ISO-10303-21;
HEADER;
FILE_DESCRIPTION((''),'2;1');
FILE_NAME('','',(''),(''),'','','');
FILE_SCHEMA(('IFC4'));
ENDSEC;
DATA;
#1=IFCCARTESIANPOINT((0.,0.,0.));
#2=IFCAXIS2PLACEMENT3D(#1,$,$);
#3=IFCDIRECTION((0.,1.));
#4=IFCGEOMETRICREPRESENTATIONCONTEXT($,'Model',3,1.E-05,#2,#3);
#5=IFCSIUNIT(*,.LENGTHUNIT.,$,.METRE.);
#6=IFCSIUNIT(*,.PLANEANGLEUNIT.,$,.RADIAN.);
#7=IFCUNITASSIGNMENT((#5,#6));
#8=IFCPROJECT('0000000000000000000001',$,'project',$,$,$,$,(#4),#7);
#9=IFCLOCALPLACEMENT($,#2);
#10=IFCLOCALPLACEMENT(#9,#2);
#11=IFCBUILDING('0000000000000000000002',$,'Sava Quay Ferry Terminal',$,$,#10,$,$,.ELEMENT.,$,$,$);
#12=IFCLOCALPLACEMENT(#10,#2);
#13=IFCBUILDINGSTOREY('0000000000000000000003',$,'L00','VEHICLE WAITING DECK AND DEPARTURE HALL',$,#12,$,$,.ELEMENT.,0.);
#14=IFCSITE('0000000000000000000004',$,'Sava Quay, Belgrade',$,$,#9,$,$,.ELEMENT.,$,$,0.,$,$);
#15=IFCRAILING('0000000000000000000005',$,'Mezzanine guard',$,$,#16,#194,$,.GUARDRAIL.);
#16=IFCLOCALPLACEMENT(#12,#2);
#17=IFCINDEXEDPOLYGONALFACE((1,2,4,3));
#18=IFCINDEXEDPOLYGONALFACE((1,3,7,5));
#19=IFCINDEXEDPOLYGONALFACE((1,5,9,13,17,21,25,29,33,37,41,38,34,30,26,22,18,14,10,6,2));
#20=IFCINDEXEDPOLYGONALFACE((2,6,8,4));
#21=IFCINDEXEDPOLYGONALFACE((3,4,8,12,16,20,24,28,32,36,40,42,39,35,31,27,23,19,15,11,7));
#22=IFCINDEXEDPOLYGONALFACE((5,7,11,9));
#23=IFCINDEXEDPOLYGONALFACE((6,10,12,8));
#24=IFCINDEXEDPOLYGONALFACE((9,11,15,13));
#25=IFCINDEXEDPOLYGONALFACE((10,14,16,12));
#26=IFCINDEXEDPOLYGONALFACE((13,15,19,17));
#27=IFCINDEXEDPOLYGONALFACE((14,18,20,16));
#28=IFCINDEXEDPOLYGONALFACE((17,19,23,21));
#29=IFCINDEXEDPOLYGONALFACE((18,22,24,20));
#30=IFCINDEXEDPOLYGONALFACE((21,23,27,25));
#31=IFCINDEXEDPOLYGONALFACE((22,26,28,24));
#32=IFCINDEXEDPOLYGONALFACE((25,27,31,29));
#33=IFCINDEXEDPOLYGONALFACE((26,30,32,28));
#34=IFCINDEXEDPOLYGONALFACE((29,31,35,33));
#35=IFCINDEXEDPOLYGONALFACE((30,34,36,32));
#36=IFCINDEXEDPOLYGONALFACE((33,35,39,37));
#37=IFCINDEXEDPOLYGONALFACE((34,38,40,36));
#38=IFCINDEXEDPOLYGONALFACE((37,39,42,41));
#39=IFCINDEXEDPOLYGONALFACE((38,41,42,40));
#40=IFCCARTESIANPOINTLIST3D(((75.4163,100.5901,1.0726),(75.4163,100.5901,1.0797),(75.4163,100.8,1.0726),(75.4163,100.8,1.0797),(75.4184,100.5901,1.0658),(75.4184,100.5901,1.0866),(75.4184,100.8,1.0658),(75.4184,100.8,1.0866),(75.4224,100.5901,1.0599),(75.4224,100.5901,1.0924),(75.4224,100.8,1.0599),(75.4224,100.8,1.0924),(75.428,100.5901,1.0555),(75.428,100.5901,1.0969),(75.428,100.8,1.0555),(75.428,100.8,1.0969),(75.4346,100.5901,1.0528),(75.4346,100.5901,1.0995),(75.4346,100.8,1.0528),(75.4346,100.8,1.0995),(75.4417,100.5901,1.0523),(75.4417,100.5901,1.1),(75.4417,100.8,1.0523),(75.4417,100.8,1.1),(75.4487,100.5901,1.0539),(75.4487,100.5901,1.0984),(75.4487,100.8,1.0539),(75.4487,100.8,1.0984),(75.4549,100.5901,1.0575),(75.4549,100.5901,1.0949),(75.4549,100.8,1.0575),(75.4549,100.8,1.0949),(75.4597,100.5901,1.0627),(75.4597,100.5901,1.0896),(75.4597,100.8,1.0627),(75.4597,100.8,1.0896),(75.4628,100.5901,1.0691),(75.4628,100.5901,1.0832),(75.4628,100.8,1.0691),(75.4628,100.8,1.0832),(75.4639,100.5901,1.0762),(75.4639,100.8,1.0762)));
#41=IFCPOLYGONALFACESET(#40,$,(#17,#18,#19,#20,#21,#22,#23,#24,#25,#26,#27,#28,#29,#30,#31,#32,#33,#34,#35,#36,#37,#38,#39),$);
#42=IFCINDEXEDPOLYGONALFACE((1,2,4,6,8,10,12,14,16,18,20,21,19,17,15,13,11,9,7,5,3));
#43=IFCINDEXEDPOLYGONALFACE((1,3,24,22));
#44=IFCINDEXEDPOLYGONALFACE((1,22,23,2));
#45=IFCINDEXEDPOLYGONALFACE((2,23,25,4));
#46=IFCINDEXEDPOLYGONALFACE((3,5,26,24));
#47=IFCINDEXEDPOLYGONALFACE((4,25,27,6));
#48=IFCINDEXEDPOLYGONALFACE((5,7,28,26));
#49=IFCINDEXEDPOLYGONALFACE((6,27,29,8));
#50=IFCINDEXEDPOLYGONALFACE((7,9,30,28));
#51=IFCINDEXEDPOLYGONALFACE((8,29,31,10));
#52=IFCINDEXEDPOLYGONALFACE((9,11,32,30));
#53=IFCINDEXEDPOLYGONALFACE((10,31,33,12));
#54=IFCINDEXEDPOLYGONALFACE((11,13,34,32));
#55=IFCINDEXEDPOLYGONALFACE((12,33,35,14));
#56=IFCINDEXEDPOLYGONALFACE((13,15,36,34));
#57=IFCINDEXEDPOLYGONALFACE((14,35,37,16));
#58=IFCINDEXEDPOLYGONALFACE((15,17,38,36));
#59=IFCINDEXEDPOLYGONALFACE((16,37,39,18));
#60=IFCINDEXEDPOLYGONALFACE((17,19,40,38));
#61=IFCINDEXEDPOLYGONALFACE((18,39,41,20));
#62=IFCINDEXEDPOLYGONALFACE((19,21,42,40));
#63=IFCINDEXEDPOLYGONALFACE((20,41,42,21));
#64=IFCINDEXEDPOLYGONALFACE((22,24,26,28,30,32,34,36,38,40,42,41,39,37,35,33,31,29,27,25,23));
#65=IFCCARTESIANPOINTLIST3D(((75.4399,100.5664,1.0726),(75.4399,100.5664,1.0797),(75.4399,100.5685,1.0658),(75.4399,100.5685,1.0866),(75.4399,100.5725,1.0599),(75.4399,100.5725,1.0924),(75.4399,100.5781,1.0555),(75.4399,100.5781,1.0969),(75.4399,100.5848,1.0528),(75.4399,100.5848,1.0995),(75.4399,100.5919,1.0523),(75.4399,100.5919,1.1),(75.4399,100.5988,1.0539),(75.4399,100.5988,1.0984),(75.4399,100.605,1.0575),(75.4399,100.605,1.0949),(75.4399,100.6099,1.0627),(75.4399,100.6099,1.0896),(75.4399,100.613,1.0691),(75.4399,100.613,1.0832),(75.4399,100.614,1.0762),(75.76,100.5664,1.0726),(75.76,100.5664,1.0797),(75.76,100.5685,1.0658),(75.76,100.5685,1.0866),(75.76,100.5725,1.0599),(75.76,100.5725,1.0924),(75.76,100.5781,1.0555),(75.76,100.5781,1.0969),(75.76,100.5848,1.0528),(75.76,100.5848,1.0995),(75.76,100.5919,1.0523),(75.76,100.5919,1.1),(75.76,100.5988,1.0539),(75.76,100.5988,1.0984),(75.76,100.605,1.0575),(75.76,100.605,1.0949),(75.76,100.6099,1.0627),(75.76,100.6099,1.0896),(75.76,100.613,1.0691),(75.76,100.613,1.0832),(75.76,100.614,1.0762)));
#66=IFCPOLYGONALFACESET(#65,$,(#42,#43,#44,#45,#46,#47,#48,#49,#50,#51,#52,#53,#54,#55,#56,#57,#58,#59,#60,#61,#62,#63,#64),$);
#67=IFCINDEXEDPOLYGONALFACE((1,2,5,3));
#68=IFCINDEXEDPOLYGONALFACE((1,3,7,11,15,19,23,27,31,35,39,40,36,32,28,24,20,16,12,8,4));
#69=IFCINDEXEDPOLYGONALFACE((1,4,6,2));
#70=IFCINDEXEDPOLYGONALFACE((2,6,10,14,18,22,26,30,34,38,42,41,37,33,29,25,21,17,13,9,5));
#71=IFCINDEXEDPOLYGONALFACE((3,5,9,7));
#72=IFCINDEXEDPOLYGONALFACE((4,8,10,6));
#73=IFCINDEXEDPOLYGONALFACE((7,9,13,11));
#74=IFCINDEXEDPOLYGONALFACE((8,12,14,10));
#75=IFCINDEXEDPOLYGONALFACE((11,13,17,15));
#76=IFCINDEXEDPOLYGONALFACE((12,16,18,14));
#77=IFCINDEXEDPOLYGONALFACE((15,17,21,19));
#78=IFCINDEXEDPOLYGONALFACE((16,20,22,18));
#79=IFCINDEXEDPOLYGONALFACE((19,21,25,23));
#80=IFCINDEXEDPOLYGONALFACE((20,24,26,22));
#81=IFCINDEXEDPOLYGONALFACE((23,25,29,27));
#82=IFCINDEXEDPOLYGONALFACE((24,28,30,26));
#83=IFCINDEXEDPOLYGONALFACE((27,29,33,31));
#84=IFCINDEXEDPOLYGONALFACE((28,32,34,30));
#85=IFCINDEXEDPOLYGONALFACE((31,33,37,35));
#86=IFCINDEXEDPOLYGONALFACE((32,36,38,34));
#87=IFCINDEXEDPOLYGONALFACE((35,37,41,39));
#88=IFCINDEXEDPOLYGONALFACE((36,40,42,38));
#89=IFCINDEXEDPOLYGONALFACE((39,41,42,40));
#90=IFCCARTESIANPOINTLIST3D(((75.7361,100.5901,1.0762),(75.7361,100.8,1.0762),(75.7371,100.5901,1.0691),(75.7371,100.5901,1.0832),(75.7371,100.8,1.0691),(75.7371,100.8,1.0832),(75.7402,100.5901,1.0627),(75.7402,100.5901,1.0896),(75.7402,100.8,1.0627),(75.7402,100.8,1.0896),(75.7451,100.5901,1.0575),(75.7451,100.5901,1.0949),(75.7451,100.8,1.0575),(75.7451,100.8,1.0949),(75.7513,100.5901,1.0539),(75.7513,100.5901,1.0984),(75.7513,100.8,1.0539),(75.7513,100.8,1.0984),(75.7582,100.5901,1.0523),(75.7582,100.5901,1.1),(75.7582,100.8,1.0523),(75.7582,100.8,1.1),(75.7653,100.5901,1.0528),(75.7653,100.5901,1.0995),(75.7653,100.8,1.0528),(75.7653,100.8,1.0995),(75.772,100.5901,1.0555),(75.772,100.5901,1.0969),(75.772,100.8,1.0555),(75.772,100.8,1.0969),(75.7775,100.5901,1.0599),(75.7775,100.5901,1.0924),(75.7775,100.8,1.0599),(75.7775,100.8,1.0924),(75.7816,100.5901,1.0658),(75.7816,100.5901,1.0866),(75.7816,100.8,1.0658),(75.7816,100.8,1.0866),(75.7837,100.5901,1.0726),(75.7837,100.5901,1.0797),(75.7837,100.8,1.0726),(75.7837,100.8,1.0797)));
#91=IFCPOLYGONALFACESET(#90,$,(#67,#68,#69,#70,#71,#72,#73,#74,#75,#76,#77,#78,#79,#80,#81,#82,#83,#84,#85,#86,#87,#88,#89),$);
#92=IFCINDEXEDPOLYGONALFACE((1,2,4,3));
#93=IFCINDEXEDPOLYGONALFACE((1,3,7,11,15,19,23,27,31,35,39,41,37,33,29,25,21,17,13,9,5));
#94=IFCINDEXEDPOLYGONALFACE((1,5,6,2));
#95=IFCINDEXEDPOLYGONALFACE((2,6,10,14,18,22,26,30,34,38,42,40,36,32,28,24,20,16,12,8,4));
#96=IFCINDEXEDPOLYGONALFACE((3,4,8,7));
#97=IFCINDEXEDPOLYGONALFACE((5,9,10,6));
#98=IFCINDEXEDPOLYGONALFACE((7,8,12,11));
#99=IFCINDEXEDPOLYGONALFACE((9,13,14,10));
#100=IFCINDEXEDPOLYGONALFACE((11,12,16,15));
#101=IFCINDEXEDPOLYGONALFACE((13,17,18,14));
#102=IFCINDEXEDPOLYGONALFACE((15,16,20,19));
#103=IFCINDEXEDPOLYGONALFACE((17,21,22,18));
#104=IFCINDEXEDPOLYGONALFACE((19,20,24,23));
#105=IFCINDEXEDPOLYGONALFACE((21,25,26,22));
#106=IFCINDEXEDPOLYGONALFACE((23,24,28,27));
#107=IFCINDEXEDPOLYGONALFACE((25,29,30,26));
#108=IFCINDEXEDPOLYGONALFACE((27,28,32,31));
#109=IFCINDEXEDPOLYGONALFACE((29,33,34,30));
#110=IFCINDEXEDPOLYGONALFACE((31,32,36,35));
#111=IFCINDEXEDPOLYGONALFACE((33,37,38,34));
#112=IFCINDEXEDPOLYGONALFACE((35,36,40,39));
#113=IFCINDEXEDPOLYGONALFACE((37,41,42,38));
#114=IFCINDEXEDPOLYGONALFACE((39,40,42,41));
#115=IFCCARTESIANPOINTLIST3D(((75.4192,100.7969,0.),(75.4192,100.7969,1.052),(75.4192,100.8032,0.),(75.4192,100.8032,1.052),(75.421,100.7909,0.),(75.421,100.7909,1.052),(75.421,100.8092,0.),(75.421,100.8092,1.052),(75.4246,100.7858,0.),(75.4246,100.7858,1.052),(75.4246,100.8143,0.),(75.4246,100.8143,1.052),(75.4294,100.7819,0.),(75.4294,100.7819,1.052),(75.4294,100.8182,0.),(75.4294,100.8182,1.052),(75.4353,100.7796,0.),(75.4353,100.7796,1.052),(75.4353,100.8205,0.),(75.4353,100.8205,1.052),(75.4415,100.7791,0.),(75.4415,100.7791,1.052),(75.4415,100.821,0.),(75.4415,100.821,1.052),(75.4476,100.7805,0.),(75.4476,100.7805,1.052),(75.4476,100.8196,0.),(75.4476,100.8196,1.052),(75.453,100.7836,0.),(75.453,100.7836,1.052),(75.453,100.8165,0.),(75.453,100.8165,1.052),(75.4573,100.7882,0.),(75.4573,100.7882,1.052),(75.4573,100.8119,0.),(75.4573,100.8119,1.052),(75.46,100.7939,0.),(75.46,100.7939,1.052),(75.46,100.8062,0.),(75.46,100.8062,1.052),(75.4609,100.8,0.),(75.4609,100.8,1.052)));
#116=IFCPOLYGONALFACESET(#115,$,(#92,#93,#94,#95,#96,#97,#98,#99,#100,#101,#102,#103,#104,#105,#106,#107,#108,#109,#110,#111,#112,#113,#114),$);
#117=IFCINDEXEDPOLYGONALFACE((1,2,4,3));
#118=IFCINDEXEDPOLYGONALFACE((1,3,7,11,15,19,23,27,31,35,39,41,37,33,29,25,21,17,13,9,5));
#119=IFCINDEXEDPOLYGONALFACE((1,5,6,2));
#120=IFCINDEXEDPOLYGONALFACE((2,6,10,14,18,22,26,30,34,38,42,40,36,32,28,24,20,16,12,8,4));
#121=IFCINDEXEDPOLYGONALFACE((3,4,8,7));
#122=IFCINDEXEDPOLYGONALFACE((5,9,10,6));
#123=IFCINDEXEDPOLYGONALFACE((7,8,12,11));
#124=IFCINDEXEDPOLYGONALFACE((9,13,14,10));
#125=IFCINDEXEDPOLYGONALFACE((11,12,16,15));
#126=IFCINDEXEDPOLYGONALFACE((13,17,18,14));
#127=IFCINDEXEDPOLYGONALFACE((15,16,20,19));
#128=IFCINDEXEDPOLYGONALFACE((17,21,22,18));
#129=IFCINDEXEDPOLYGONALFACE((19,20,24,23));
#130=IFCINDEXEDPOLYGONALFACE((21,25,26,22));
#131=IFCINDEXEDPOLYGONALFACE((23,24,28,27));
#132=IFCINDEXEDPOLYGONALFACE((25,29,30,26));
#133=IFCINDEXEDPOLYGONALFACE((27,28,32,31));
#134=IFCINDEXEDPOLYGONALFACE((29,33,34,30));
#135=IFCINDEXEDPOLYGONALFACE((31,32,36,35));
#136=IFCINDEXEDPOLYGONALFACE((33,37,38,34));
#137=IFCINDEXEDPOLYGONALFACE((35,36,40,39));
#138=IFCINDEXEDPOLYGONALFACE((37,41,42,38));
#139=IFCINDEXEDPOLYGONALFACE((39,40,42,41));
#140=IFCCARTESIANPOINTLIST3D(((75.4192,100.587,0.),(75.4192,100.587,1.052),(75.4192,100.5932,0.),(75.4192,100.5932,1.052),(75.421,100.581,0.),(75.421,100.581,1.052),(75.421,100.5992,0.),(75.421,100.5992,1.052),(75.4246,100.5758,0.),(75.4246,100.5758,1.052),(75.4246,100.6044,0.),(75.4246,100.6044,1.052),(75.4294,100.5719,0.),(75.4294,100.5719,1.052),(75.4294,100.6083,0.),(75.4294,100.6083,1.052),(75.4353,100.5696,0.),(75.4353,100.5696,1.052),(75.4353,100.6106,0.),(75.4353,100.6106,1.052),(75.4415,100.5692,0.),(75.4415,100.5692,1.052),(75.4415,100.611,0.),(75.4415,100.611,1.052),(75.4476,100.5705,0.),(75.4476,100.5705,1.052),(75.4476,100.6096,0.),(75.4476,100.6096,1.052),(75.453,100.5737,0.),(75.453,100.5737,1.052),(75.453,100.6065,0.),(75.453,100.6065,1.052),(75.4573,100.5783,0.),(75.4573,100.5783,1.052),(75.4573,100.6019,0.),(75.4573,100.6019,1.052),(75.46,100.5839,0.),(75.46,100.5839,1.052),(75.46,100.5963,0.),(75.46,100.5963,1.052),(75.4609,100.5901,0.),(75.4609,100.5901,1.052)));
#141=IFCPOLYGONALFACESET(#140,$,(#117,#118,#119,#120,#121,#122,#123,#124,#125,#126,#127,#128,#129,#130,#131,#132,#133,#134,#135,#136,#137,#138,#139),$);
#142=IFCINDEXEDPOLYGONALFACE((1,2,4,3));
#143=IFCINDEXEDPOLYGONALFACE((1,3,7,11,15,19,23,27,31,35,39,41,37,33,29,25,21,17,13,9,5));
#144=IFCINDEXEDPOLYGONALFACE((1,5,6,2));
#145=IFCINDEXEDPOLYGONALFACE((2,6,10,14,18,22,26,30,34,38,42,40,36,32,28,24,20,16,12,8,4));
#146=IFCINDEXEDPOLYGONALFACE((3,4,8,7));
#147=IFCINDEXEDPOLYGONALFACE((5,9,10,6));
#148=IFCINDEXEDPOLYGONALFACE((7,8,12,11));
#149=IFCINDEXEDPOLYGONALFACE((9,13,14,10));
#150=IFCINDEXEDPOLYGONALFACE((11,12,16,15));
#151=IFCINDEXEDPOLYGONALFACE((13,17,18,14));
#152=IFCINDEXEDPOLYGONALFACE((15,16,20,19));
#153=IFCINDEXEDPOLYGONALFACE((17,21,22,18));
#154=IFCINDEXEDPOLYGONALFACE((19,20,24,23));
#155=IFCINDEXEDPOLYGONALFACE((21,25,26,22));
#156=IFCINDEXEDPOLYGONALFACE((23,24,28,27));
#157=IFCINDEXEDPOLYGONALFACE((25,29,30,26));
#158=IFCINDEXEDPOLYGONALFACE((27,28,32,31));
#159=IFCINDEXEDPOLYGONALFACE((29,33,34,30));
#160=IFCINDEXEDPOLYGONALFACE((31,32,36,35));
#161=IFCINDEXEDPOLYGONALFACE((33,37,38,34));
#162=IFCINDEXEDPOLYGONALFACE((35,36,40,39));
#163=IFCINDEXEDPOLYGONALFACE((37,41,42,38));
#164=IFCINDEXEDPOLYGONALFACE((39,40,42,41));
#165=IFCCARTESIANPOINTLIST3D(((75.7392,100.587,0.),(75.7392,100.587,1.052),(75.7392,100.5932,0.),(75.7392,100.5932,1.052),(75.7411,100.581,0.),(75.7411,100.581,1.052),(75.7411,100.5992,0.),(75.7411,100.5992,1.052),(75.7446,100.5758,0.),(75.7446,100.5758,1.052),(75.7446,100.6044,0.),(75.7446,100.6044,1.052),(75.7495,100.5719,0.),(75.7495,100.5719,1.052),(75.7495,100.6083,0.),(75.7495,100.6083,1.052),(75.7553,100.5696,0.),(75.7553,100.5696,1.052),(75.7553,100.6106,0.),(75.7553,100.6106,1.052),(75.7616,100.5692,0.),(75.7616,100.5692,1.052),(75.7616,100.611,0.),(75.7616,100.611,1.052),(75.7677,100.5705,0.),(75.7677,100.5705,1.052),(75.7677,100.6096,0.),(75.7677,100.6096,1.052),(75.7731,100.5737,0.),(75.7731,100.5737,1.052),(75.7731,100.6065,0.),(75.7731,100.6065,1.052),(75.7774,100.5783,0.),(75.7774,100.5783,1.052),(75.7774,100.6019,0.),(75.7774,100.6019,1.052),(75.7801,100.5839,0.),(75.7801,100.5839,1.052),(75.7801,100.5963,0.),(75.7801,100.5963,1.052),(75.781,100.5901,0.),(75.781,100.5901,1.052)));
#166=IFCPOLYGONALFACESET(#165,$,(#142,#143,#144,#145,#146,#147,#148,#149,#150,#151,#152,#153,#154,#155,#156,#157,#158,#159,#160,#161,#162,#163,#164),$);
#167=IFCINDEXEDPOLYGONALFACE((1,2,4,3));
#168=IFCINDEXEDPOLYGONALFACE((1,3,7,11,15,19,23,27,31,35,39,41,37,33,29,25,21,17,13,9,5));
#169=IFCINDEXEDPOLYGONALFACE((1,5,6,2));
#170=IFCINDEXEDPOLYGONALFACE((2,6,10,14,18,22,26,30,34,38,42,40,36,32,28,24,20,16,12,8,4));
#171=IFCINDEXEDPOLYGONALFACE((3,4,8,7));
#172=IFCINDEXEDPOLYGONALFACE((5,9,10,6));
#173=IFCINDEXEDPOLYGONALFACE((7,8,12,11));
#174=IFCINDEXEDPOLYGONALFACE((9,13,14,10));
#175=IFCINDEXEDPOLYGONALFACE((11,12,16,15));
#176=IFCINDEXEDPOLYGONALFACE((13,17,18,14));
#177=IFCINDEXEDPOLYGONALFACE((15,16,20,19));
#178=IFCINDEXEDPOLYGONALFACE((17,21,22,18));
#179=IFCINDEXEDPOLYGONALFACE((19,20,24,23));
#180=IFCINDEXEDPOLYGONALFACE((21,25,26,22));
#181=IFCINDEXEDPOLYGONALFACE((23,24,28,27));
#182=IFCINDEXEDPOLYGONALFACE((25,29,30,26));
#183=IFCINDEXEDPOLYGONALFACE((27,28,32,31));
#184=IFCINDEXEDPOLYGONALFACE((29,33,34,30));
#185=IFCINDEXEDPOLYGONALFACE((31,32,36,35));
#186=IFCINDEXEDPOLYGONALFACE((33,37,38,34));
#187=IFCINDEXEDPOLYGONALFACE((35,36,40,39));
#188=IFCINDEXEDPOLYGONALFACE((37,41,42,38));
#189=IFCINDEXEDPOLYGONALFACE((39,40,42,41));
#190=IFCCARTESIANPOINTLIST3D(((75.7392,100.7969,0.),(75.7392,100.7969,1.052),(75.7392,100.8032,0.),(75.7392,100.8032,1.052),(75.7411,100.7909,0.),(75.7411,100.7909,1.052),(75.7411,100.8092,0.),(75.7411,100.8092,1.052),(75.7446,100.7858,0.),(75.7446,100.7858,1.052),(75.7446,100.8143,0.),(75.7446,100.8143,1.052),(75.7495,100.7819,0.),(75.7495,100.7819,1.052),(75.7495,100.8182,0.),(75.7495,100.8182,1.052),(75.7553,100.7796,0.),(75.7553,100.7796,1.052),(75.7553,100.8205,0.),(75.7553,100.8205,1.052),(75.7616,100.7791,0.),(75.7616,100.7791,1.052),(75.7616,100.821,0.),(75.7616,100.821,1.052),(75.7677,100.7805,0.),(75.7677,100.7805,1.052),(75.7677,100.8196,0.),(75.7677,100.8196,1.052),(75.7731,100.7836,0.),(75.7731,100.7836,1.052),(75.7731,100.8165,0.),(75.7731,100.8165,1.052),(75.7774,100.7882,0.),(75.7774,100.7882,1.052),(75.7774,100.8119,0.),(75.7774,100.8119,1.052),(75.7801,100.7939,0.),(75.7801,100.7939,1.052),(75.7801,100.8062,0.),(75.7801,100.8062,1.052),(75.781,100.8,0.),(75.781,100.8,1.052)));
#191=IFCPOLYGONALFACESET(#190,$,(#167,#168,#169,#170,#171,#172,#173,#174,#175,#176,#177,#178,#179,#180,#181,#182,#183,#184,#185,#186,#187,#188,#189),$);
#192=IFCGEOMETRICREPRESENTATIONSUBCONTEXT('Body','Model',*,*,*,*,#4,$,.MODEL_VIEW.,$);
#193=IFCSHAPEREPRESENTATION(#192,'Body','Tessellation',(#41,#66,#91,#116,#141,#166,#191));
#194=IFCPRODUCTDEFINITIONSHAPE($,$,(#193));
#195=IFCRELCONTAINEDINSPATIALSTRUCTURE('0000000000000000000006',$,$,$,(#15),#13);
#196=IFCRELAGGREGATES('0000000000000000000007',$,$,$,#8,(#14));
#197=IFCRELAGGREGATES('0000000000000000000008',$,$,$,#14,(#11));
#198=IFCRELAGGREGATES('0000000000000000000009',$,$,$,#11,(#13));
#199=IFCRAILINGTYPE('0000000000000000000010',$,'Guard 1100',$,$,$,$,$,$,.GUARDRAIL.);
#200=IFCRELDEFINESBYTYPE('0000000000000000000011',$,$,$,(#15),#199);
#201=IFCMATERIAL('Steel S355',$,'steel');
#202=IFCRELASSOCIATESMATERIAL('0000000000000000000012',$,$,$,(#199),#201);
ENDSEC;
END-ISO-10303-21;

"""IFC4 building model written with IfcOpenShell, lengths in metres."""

from ifc_helpers import new_model, si_unit, direction, frame, origin, origin_2d, place, context, subcontext, project, spatial, circle, extrude, material, type_object, element, save


model = new_model("IFC4")

# Units and contexts
model_context = context("Model", 3, precision=1e-05, world=origin(), true_north=direction((0.0, 1.0)))
body_context = subcontext(model_context, "Body", "Model", "MODEL_VIEW")
ifc_project = project(units=[si_unit("LENGTHUNIT", "METRE"), si_unit("PLANEANGLEUNIT", "RADIAN")], contexts=[model_context])

# Site, building, storey
site_placement = place(None, origin())
site = spatial("IfcSite", under=ifc_project, at=site_placement, Name="Sava Quay, Belgrade", CompositionType="ELEMENT", RefElevation=0.0)
building_placement = place(site_placement, origin())
building = spatial("IfcBuilding", under=site, at=building_placement, Name="Sava Quay Ferry Terminal", CompositionType="ELEMENT")
storey_placement = place(building_placement, origin())
storey = spatial("IfcBuildingStorey", under=building, at=storey_placement, Name="L00", Description="VEHICLE WAITING DECK AND DEPARTURE HALL", CompositionType="ELEMENT", Elevation=0.0)

# Railing
ifc_material_1 = material(Name="Steel S355", Category="steel")
railing_type_1 = type_object("IfcRailingType", Name="Guard 1100", PredefinedType="GUARDRAIL", material=ifc_material_1)
railing_1_placement = place(storey_placement, frame((75.4399, 100.8, 0.0)))
element("IfcRailing", 1, at=railing_1_placement, inside=storey, type_object=railing_type_1, Name="Mezzanine guard", PredefinedType="GUARDRAIL", context=body_context, shape_type="SweptSolid", body=[
    extrude(circle(Radius=0.0239, at=origin_2d()), frame((0.0, 0.0, 1.0762), z_axis=(0.0, -1.0, 0.0), x_axis=(1.0, 0.0, 0.0)), (0.0, 0.0, 1.0), 0.21),
    extrude(circle(Radius=0.0239, at=origin_2d()), frame((0.0, -0.21, 1.0762), z_axis=(1.0, 0.0, 0.0), x_axis=(0.0, 1.0, 0.0)), (0.0, 0.0, 1.0), 0.3201),
    extrude(circle(Radius=0.0239, at=origin_2d()), frame((0.3201, -0.21, 1.0762), z_axis=(0.0, 1.0, 0.0), x_axis=(-1.0, 0.0, 0.0)), (0.0, 0.0, 1.0), 0.21),
    extrude(circle(Radius=0.021, at=origin_2d()), origin(), (0.0, 0.0, 1.0), 1.052),
    extrude(circle(Radius=0.021, at=origin_2d()), frame((0.0, -0.21, 0.0)), (0.0, 0.0, 1.0), 1.052),
    extrude(circle(Radius=0.021, at=origin_2d()), frame((0.3201, -0.21, 0.0)), (0.0, 0.0, 1.0), 1.052),
    extrude(circle(Radius=0.021, at=origin_2d()), frame((0.3201, 0.0, 0.0)), (0.0, 0.0, 1.0), 1.052),
])

save(model, "model.ifc")
